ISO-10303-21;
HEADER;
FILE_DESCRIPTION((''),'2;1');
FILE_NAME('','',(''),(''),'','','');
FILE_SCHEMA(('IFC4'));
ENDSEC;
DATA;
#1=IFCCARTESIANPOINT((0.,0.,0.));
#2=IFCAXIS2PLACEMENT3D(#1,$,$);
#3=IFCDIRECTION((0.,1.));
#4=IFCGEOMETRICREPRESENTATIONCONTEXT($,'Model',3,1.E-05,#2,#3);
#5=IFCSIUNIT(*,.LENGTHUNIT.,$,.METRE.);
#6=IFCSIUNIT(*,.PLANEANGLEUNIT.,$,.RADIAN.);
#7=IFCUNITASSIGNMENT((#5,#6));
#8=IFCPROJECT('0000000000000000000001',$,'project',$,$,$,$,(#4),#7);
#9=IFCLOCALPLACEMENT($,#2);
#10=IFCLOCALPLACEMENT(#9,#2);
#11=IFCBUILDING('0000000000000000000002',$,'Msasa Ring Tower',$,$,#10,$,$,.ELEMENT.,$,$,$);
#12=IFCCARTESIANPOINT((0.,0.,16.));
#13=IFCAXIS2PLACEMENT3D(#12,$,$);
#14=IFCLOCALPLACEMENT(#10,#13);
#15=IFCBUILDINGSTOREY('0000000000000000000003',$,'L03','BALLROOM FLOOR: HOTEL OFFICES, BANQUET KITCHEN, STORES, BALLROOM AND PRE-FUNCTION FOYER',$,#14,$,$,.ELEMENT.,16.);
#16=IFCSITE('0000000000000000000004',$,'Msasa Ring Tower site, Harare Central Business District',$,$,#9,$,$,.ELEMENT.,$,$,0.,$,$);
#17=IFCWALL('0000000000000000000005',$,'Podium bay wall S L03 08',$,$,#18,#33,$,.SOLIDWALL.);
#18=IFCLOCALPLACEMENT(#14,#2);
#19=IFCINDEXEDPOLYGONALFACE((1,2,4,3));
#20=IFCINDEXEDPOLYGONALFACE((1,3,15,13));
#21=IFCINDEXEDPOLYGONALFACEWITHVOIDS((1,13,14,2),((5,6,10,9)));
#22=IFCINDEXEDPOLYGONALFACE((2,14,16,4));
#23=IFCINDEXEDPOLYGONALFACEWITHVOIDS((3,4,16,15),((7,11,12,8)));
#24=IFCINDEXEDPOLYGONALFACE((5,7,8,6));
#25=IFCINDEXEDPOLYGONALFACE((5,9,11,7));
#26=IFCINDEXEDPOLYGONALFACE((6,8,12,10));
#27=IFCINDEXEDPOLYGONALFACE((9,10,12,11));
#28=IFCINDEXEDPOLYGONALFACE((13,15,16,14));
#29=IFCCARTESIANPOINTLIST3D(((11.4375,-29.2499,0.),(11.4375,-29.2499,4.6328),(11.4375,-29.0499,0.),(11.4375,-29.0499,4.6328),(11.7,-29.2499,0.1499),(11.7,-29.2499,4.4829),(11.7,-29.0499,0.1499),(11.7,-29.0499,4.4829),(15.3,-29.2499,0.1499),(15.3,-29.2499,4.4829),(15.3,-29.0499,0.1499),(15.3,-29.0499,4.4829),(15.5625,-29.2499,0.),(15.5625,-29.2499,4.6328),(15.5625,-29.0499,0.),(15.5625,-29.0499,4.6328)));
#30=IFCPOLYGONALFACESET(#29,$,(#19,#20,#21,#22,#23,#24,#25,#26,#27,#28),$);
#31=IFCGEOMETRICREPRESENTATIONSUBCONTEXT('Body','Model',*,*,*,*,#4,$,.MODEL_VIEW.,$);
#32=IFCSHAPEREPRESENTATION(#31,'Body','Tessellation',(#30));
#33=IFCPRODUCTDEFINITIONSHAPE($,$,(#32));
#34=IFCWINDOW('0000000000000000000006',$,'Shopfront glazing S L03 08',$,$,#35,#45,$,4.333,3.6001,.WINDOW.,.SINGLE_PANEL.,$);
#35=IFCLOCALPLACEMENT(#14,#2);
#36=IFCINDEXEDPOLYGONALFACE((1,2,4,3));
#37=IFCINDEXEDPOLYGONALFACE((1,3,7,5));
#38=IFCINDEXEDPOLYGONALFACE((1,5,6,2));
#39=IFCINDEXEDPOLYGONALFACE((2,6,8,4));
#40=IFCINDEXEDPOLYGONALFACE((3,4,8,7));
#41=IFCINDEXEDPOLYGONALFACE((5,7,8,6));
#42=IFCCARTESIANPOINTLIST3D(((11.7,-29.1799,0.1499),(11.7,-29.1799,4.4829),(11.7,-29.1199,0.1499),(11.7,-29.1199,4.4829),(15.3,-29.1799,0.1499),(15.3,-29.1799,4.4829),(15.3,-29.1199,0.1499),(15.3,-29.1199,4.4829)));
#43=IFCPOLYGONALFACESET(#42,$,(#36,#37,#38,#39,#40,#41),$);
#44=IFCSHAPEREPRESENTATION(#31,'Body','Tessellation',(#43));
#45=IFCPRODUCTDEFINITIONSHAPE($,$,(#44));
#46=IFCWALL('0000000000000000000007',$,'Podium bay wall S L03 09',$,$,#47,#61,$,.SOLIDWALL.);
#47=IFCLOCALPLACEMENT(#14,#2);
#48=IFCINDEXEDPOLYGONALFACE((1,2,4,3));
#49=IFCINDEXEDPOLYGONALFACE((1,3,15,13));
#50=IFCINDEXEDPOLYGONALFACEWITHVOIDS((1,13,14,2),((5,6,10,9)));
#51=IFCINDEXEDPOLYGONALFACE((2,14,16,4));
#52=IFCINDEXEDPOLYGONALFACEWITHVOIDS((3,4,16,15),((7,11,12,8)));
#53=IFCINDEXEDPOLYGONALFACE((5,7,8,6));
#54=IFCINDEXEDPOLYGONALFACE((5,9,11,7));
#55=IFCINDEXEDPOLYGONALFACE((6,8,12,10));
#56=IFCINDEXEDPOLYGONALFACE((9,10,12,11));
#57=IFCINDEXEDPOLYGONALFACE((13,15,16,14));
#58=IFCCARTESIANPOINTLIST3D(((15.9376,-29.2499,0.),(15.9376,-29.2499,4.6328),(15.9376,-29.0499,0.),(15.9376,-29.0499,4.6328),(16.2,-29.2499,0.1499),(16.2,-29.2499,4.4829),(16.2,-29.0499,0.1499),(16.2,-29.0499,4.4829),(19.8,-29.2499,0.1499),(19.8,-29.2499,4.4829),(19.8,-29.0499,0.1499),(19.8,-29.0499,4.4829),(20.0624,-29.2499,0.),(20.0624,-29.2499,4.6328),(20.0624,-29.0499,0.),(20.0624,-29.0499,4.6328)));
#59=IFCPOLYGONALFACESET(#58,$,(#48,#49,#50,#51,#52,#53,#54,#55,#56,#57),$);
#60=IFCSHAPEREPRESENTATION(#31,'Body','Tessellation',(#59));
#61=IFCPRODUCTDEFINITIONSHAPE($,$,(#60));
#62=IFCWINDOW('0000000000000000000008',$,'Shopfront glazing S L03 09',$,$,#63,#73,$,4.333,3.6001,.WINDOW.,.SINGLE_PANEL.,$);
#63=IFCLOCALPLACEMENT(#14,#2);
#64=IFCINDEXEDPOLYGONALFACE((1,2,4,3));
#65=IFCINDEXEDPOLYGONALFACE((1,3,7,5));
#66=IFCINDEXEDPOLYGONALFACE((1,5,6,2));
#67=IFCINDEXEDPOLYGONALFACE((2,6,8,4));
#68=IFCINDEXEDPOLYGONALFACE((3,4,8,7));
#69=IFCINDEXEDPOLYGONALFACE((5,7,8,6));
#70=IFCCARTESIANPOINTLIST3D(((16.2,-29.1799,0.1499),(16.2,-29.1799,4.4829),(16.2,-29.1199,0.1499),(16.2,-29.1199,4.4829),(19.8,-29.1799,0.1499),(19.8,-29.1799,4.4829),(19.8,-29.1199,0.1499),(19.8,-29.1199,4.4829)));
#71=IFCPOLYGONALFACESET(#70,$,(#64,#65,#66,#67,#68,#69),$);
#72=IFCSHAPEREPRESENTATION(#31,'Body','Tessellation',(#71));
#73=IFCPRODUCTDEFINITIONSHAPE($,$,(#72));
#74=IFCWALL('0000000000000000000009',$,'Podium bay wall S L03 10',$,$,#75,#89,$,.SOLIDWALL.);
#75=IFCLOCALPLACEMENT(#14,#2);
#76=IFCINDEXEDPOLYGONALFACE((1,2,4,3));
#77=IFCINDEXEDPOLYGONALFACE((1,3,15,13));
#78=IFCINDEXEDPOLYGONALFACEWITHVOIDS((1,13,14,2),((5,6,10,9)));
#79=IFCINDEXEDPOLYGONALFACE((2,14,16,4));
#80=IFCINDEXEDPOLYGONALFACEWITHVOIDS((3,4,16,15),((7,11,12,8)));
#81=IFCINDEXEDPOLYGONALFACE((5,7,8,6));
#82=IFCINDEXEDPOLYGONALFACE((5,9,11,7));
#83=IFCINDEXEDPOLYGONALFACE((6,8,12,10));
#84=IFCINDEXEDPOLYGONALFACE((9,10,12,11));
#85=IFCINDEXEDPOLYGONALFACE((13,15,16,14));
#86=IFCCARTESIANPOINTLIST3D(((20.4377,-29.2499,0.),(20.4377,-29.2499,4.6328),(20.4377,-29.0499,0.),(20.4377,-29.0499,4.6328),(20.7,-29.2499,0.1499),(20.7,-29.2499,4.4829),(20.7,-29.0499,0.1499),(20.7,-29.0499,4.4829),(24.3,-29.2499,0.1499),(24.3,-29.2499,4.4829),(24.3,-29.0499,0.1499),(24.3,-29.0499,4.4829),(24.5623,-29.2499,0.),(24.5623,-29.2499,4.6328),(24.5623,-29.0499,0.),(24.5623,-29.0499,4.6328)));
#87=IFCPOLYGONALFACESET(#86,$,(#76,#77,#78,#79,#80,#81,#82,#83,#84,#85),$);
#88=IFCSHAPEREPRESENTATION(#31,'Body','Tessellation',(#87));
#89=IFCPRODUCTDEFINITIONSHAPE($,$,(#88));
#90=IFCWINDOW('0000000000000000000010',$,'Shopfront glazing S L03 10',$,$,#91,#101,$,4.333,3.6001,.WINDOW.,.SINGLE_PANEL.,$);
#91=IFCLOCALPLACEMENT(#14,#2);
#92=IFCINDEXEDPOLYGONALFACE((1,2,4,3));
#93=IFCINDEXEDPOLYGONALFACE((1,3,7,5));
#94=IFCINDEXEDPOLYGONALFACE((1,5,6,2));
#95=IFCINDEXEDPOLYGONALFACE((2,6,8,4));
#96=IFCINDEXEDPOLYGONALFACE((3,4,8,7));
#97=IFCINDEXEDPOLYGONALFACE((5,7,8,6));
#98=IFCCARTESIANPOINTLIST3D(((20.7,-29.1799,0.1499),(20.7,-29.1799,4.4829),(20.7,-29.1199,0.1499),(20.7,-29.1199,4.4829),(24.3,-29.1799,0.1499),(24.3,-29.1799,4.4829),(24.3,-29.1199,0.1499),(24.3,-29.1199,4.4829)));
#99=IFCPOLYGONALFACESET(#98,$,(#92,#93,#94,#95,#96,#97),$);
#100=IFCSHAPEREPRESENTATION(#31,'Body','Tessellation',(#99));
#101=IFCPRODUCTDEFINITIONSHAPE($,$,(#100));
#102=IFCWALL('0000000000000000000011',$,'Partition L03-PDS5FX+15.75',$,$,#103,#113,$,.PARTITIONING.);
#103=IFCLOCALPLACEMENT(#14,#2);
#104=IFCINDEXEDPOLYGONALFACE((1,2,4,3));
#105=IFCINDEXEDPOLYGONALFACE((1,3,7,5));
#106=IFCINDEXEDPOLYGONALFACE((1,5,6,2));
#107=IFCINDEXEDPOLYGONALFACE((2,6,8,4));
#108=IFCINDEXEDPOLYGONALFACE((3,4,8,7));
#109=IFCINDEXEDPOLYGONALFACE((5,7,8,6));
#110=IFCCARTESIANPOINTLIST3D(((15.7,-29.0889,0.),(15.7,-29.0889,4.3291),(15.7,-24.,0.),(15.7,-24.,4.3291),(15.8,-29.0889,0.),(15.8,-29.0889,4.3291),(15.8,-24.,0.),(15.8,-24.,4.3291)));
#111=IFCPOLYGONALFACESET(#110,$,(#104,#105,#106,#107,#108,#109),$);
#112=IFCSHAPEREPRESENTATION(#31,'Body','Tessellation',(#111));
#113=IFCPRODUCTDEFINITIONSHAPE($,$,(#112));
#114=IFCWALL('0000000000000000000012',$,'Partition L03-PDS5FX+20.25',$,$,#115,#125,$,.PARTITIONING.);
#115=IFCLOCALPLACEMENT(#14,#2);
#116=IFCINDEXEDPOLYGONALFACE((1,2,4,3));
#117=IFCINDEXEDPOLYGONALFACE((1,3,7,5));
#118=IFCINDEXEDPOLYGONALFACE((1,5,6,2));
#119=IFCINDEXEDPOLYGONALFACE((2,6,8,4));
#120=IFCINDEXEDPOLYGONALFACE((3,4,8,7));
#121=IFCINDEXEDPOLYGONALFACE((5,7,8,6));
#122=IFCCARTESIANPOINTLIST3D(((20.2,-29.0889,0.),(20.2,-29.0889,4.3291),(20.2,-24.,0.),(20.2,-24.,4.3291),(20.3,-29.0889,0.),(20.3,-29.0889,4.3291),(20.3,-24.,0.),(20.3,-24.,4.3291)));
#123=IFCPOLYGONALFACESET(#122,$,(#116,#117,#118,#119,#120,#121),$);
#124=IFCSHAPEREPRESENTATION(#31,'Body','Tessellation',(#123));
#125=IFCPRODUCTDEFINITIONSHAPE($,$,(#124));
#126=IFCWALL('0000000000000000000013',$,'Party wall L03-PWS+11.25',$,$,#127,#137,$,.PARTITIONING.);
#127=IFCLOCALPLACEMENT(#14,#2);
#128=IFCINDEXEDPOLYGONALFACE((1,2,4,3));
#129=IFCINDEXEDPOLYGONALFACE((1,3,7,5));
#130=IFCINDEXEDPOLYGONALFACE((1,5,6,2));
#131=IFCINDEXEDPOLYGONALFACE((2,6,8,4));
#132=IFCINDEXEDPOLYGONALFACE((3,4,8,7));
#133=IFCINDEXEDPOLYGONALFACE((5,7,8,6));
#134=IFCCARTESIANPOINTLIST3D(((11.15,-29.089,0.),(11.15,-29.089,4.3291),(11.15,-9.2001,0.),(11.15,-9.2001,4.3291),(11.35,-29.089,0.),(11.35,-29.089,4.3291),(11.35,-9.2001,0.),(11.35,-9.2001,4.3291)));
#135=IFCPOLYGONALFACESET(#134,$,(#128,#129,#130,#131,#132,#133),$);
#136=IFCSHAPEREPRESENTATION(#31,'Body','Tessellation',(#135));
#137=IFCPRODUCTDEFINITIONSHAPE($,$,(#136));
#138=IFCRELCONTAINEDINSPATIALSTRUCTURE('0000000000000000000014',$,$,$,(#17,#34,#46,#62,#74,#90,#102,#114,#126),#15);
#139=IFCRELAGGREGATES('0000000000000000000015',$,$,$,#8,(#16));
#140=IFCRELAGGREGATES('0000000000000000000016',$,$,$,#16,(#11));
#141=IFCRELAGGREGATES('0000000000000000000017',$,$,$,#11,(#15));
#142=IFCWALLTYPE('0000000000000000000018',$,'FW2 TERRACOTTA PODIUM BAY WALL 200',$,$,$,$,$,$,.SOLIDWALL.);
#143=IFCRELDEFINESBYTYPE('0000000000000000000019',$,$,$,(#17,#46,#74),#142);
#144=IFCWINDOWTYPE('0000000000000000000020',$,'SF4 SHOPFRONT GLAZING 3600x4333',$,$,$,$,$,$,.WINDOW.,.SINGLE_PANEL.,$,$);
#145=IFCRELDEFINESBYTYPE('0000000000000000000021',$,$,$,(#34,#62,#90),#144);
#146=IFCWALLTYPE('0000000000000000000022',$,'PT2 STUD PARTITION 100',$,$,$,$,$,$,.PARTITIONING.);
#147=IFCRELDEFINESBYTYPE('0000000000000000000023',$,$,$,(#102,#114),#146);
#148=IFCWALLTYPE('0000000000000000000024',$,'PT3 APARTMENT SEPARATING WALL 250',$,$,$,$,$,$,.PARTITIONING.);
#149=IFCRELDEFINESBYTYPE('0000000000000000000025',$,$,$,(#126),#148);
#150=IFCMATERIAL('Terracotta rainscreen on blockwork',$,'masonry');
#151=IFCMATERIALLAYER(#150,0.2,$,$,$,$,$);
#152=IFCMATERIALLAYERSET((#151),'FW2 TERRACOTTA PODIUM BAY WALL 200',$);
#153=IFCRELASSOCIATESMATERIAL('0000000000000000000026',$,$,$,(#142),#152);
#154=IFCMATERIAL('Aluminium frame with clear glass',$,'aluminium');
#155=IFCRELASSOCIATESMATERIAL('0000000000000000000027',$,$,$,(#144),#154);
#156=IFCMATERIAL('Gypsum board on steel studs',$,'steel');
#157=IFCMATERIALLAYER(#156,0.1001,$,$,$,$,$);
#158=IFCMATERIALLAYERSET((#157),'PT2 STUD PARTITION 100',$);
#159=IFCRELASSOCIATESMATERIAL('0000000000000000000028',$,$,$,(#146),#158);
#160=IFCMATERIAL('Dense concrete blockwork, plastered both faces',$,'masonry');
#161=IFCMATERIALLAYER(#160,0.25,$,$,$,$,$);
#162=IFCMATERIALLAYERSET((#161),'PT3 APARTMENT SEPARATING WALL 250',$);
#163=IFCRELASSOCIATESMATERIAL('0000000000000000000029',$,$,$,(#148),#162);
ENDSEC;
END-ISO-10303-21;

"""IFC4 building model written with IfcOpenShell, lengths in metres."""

from ifc_helpers import new_model, si_unit, direction, frame, frame_2d, origin, place, context, subcontext, project, spatial, rectangle, extrude, material, layer, layer_set, type_object, element, fill, save


model = new_model("IFC4")

# Units and contexts
model_context = context("Model", 3, precision=1e-05, world=origin(), true_north=direction((0.0, 1.0)))
body_context = subcontext(model_context, "Body", "Model", "MODEL_VIEW")
ifc_project = project(units=[si_unit("LENGTHUNIT", "METRE"), si_unit("PLANEANGLEUNIT", "RADIAN")], contexts=[model_context])

# Site, building, storey
site_placement = place(None, origin())
site = spatial("IfcSite", under=ifc_project, at=site_placement, Name="Msasa Ring Tower site, Harare Central Business District", CompositionType="ELEMENT", RefElevation=0.0)
building_placement = place(site_placement, origin())
building = spatial("IfcBuilding", under=site, at=building_placement, Name="Msasa Ring Tower", CompositionType="ELEMENT")
storey_placement = place(building_placement, frame((0.0, 0.0, 16.0)))
storey = spatial("IfcBuildingStorey", under=building, at=storey_placement, Name="L03", Description="BALLROOM FLOOR: HOTEL OFFICES, BANQUET KITCHEN, STORES, BALLROOM AND PRE-FUNCTION FOYER", CompositionType="ELEMENT", Elevation=16.0)

# Walls, openings, windows
ifc_material_1 = material(Name="Terracotta rainscreen on blockwork", Category="masonry")
ifc_layer_1 = layer(ifc_material_1, 0.2)
ifc_layer_set_1 = layer_set([ifc_layer_1], Name="FW2 TERRACOTTA PODIUM BAY WALL 200")
wall_type_1 = type_object("IfcWallType", Name="FW2 TERRACOTTA PODIUM BAY WALL 200", PredefinedType="SOLIDWALL", material=ifc_layer_set_1)
wall_1_placement = place(storey_placement, frame((11.4375, -29.1499, 0.0), z_axis=(0.0, 0.0, 1.0), x_axis=(1.0, 0.0, 0.0)))
wall_1 = element("IfcWall", 1, at=wall_1_placement, inside=storey, type_object=wall_type_1, Name="Podium bay wall S L03 08", PredefinedType="SOLIDWALL", context=body_context, shape_type="SweptSolid", body=[
    extrude(rectangle(XDim=4.125, YDim=0.2, at=frame_2d((2.0625, 0.0))), origin(), (0.0, 0.0, 1.0), 4.6328),
])
opening_1_placement = place(wall_1_placement, frame((0.2625, 0.0, 0.1499)))
opening_1 = element("IfcOpeningElement", 2, at=opening_1_placement, cuts=wall_1, PredefinedType="OPENING", context=body_context, shape_type="SweptSolid", body=[
    extrude(rectangle(XDim=3.6001, YDim=4.333, at=frame_2d((1.8, 2.1665))), frame((0.0, 0.1099, 0.0), z_axis=(0.0, -1.0, 0.0), x_axis=(1.0, 0.0, 0.0)), (0.0, 0.0, 1.0), 0.22),
])
ifc_material_2 = material(Name="Aluminium frame with clear glass", Category="aluminium")
window_type = type_object("IfcWindowType", Name="SF4 SHOPFRONT GLAZING 3600x4333", PartitioningType="SINGLE_PANEL", PredefinedType="WINDOW", material=ifc_material_2)
window_1_placement = place(opening_1_placement, origin())
window_1 = element("IfcWindow", 3, at=window_1_placement, inside=storey, type_object=window_type, Name="Shopfront glazing S L03 08", OverallHeight=4.333, OverallWidth=3.6001, PartitioningType="SINGLE_PANEL", PredefinedType="WINDOW", context=body_context, shape_type="SweptSolid", body=[
    extrude(rectangle(XDim=3.6001, YDim=4.333, at=frame_2d((1.8, 2.1665))), frame((0.0, 0.03, 0.0), z_axis=(0.0, -1.0, 0.0), x_axis=(1.0, 0.0, 0.0)), (0.0, 0.0, 1.0), 0.0601),
])
fill(opening_1, window_1)
wall_2_placement = place(storey_placement, frame((15.9375, -29.1499, 0.0), z_axis=(0.0, 0.0, 1.0), x_axis=(1.0, 0.0, 0.0)))
wall_2 = element("IfcWall", 4, at=wall_2_placement, inside=storey, type_object=wall_type_1, Name="Podium bay wall S L03 09", PredefinedType="SOLIDWALL", context=body_context, shape_type="SweptSolid", body=[
    extrude(rectangle(XDim=4.1248, YDim=0.2, at=frame_2d((2.0625, 0.0))), origin(), (0.0, 0.0, 1.0), 4.6328),
])
opening_2_placement = place(wall_2_placement, frame((0.2625, 0.0, 0.1499)))
opening_2 = element("IfcOpeningElement", 5, at=opening_2_placement, cuts=wall_2, PredefinedType="OPENING", context=body_context, shape_type="SweptSolid", body=[
    extrude(rectangle(XDim=3.6001, YDim=4.333, at=frame_2d((1.8, 2.1665))), frame((0.0, 0.1099, 0.0), z_axis=(0.0, -1.0, 0.0), x_axis=(1.0, 0.0, 0.0)), (0.0, 0.0, 1.0), 0.22),
])
window_2_placement = place(opening_2_placement, origin())
window_2 = element("IfcWindow", 6, at=window_2_placement, inside=storey, type_object=window_type, Name="Shopfront glazing S L03 09", OverallHeight=4.333, OverallWidth=3.6001, PartitioningType="SINGLE_PANEL", PredefinedType="WINDOW", context=body_context, shape_type="SweptSolid", body=[
    extrude(rectangle(XDim=3.6001, YDim=4.333, at=frame_2d((1.8, 2.1665))), frame((0.0, 0.03, 0.0), z_axis=(0.0, -1.0, 0.0), x_axis=(1.0, 0.0, 0.0)), (0.0, 0.0, 1.0), 0.0601),
])
fill(opening_2, window_2)
wall_3_placement = place(storey_placement, frame((20.4377, -29.1499, 0.0), z_axis=(0.0, 0.0, 1.0), x_axis=(1.0, 0.0, 0.0)))
wall_3 = element("IfcWall", 7, at=wall_3_placement, inside=storey, type_object=wall_type_1, Name="Podium bay wall S L03 10", PredefinedType="SOLIDWALL", context=body_context, shape_type="SweptSolid", body=[
    extrude(rectangle(XDim=4.1245, YDim=0.2, at=frame_2d((2.0623, 0.0))), origin(), (0.0, 0.0, 1.0), 4.6328),
])
opening_3_placement = place(wall_3_placement, frame((0.2622, 0.0, 0.1499)))
opening_3 = element("IfcOpeningElement", 8, at=opening_3_placement, cuts=wall_3, PredefinedType="OPENING", context=body_context, shape_type="SweptSolid", body=[
    extrude(rectangle(XDim=3.6001, YDim=4.333, at=frame_2d((1.8, 2.1665))), frame((0.0, 0.1099, 0.0), z_axis=(0.0, -1.0, 0.0), x_axis=(1.0, 0.0, 0.0)), (0.0, 0.0, 1.0), 0.22),
])
window_3_placement = place(opening_3_placement, origin())
window_3 = element("IfcWindow", 9, at=window_3_placement, inside=storey, type_object=window_type, Name="Shopfront glazing S L03 10", OverallHeight=4.333, OverallWidth=3.6001, PartitioningType="SINGLE_PANEL", PredefinedType="WINDOW", context=body_context, shape_type="SweptSolid", body=[
    extrude(rectangle(XDim=3.6001, YDim=4.333, at=frame_2d((1.8, 2.1665))), frame((0.0, 0.03, 0.0), z_axis=(0.0, -1.0, 0.0), x_axis=(1.0, 0.0, 0.0)), (0.0, 0.0, 1.0), 0.0601),
])
fill(opening_3, window_3)

# Walls
ifc_material_3 = material(Name="Gypsum board on steel studs", Category="steel")
ifc_layer_2 = layer(ifc_material_3, 0.1001)
ifc_layer_set_2 = layer_set([ifc_layer_2], Name="PT2 STUD PARTITION 100")
wall_type_2 = type_object("IfcWallType", Name="PT2 STUD PARTITION 100", PredefinedType="PARTITIONING", material=ifc_layer_set_2)
for number, where, z_axis, x_axis, name in (
    (10, (15.75, -29.0889, 0.0), (0.0, 0.0, 1.0), (0.0, 1.0, 0.0), "Partition L03-PDS5FX+15.75"),
    (11, (20.25, -29.0889, 0.0), (0.0, 0.0, 1.0), (0.0, 1.0, 0.0), "Partition L03-PDS5FX+20.25"),
):
    element("IfcWall", number, at=place(storey_placement, frame(where, z_axis=z_axis, x_axis=x_axis)), inside=storey, type_object=wall_type_2, Name=name, PredefinedType="PARTITIONING", context=body_context, shape_type="SweptSolid", body=[
        extrude(rectangle(XDim=5.0889, YDim=0.1001, at=frame_2d((2.5444, 0.0))), origin(), (0.0, 0.0, 1.0), 4.3291),
    ])
ifc_material_4 = material(Name="Dense concrete blockwork, plastered both faces", Category="masonry")
ifc_layer_3 = layer(ifc_material_4, 0.25)
ifc_layer_set_3 = layer_set([ifc_layer_3], Name="PT3 APARTMENT SEPARATING WALL 250")
wall_type_3 = type_object("IfcWallType", Name="PT3 APARTMENT SEPARATING WALL 250", PredefinedType="PARTITIONING", material=ifc_layer_set_3)
wall_4_placement = place(storey_placement, frame((11.25, -29.0889, 0.0), z_axis=(0.0, 0.0, 1.0), x_axis=(0.0, 1.0, 0.0)))
element("IfcWall", 12, at=wall_4_placement, inside=storey, type_object=wall_type_3, Name="Party wall L03-PWS+11.25", PredefinedType="PARTITIONING", context=body_context, shape_type="SweptSolid", body=[
    extrude(rectangle(XDim=19.8889, YDim=0.2, at=frame_2d((9.9443, 0.0))), origin(), (0.0, 0.0, 1.0), 4.3291),
])

save(model, "model.ifc")
